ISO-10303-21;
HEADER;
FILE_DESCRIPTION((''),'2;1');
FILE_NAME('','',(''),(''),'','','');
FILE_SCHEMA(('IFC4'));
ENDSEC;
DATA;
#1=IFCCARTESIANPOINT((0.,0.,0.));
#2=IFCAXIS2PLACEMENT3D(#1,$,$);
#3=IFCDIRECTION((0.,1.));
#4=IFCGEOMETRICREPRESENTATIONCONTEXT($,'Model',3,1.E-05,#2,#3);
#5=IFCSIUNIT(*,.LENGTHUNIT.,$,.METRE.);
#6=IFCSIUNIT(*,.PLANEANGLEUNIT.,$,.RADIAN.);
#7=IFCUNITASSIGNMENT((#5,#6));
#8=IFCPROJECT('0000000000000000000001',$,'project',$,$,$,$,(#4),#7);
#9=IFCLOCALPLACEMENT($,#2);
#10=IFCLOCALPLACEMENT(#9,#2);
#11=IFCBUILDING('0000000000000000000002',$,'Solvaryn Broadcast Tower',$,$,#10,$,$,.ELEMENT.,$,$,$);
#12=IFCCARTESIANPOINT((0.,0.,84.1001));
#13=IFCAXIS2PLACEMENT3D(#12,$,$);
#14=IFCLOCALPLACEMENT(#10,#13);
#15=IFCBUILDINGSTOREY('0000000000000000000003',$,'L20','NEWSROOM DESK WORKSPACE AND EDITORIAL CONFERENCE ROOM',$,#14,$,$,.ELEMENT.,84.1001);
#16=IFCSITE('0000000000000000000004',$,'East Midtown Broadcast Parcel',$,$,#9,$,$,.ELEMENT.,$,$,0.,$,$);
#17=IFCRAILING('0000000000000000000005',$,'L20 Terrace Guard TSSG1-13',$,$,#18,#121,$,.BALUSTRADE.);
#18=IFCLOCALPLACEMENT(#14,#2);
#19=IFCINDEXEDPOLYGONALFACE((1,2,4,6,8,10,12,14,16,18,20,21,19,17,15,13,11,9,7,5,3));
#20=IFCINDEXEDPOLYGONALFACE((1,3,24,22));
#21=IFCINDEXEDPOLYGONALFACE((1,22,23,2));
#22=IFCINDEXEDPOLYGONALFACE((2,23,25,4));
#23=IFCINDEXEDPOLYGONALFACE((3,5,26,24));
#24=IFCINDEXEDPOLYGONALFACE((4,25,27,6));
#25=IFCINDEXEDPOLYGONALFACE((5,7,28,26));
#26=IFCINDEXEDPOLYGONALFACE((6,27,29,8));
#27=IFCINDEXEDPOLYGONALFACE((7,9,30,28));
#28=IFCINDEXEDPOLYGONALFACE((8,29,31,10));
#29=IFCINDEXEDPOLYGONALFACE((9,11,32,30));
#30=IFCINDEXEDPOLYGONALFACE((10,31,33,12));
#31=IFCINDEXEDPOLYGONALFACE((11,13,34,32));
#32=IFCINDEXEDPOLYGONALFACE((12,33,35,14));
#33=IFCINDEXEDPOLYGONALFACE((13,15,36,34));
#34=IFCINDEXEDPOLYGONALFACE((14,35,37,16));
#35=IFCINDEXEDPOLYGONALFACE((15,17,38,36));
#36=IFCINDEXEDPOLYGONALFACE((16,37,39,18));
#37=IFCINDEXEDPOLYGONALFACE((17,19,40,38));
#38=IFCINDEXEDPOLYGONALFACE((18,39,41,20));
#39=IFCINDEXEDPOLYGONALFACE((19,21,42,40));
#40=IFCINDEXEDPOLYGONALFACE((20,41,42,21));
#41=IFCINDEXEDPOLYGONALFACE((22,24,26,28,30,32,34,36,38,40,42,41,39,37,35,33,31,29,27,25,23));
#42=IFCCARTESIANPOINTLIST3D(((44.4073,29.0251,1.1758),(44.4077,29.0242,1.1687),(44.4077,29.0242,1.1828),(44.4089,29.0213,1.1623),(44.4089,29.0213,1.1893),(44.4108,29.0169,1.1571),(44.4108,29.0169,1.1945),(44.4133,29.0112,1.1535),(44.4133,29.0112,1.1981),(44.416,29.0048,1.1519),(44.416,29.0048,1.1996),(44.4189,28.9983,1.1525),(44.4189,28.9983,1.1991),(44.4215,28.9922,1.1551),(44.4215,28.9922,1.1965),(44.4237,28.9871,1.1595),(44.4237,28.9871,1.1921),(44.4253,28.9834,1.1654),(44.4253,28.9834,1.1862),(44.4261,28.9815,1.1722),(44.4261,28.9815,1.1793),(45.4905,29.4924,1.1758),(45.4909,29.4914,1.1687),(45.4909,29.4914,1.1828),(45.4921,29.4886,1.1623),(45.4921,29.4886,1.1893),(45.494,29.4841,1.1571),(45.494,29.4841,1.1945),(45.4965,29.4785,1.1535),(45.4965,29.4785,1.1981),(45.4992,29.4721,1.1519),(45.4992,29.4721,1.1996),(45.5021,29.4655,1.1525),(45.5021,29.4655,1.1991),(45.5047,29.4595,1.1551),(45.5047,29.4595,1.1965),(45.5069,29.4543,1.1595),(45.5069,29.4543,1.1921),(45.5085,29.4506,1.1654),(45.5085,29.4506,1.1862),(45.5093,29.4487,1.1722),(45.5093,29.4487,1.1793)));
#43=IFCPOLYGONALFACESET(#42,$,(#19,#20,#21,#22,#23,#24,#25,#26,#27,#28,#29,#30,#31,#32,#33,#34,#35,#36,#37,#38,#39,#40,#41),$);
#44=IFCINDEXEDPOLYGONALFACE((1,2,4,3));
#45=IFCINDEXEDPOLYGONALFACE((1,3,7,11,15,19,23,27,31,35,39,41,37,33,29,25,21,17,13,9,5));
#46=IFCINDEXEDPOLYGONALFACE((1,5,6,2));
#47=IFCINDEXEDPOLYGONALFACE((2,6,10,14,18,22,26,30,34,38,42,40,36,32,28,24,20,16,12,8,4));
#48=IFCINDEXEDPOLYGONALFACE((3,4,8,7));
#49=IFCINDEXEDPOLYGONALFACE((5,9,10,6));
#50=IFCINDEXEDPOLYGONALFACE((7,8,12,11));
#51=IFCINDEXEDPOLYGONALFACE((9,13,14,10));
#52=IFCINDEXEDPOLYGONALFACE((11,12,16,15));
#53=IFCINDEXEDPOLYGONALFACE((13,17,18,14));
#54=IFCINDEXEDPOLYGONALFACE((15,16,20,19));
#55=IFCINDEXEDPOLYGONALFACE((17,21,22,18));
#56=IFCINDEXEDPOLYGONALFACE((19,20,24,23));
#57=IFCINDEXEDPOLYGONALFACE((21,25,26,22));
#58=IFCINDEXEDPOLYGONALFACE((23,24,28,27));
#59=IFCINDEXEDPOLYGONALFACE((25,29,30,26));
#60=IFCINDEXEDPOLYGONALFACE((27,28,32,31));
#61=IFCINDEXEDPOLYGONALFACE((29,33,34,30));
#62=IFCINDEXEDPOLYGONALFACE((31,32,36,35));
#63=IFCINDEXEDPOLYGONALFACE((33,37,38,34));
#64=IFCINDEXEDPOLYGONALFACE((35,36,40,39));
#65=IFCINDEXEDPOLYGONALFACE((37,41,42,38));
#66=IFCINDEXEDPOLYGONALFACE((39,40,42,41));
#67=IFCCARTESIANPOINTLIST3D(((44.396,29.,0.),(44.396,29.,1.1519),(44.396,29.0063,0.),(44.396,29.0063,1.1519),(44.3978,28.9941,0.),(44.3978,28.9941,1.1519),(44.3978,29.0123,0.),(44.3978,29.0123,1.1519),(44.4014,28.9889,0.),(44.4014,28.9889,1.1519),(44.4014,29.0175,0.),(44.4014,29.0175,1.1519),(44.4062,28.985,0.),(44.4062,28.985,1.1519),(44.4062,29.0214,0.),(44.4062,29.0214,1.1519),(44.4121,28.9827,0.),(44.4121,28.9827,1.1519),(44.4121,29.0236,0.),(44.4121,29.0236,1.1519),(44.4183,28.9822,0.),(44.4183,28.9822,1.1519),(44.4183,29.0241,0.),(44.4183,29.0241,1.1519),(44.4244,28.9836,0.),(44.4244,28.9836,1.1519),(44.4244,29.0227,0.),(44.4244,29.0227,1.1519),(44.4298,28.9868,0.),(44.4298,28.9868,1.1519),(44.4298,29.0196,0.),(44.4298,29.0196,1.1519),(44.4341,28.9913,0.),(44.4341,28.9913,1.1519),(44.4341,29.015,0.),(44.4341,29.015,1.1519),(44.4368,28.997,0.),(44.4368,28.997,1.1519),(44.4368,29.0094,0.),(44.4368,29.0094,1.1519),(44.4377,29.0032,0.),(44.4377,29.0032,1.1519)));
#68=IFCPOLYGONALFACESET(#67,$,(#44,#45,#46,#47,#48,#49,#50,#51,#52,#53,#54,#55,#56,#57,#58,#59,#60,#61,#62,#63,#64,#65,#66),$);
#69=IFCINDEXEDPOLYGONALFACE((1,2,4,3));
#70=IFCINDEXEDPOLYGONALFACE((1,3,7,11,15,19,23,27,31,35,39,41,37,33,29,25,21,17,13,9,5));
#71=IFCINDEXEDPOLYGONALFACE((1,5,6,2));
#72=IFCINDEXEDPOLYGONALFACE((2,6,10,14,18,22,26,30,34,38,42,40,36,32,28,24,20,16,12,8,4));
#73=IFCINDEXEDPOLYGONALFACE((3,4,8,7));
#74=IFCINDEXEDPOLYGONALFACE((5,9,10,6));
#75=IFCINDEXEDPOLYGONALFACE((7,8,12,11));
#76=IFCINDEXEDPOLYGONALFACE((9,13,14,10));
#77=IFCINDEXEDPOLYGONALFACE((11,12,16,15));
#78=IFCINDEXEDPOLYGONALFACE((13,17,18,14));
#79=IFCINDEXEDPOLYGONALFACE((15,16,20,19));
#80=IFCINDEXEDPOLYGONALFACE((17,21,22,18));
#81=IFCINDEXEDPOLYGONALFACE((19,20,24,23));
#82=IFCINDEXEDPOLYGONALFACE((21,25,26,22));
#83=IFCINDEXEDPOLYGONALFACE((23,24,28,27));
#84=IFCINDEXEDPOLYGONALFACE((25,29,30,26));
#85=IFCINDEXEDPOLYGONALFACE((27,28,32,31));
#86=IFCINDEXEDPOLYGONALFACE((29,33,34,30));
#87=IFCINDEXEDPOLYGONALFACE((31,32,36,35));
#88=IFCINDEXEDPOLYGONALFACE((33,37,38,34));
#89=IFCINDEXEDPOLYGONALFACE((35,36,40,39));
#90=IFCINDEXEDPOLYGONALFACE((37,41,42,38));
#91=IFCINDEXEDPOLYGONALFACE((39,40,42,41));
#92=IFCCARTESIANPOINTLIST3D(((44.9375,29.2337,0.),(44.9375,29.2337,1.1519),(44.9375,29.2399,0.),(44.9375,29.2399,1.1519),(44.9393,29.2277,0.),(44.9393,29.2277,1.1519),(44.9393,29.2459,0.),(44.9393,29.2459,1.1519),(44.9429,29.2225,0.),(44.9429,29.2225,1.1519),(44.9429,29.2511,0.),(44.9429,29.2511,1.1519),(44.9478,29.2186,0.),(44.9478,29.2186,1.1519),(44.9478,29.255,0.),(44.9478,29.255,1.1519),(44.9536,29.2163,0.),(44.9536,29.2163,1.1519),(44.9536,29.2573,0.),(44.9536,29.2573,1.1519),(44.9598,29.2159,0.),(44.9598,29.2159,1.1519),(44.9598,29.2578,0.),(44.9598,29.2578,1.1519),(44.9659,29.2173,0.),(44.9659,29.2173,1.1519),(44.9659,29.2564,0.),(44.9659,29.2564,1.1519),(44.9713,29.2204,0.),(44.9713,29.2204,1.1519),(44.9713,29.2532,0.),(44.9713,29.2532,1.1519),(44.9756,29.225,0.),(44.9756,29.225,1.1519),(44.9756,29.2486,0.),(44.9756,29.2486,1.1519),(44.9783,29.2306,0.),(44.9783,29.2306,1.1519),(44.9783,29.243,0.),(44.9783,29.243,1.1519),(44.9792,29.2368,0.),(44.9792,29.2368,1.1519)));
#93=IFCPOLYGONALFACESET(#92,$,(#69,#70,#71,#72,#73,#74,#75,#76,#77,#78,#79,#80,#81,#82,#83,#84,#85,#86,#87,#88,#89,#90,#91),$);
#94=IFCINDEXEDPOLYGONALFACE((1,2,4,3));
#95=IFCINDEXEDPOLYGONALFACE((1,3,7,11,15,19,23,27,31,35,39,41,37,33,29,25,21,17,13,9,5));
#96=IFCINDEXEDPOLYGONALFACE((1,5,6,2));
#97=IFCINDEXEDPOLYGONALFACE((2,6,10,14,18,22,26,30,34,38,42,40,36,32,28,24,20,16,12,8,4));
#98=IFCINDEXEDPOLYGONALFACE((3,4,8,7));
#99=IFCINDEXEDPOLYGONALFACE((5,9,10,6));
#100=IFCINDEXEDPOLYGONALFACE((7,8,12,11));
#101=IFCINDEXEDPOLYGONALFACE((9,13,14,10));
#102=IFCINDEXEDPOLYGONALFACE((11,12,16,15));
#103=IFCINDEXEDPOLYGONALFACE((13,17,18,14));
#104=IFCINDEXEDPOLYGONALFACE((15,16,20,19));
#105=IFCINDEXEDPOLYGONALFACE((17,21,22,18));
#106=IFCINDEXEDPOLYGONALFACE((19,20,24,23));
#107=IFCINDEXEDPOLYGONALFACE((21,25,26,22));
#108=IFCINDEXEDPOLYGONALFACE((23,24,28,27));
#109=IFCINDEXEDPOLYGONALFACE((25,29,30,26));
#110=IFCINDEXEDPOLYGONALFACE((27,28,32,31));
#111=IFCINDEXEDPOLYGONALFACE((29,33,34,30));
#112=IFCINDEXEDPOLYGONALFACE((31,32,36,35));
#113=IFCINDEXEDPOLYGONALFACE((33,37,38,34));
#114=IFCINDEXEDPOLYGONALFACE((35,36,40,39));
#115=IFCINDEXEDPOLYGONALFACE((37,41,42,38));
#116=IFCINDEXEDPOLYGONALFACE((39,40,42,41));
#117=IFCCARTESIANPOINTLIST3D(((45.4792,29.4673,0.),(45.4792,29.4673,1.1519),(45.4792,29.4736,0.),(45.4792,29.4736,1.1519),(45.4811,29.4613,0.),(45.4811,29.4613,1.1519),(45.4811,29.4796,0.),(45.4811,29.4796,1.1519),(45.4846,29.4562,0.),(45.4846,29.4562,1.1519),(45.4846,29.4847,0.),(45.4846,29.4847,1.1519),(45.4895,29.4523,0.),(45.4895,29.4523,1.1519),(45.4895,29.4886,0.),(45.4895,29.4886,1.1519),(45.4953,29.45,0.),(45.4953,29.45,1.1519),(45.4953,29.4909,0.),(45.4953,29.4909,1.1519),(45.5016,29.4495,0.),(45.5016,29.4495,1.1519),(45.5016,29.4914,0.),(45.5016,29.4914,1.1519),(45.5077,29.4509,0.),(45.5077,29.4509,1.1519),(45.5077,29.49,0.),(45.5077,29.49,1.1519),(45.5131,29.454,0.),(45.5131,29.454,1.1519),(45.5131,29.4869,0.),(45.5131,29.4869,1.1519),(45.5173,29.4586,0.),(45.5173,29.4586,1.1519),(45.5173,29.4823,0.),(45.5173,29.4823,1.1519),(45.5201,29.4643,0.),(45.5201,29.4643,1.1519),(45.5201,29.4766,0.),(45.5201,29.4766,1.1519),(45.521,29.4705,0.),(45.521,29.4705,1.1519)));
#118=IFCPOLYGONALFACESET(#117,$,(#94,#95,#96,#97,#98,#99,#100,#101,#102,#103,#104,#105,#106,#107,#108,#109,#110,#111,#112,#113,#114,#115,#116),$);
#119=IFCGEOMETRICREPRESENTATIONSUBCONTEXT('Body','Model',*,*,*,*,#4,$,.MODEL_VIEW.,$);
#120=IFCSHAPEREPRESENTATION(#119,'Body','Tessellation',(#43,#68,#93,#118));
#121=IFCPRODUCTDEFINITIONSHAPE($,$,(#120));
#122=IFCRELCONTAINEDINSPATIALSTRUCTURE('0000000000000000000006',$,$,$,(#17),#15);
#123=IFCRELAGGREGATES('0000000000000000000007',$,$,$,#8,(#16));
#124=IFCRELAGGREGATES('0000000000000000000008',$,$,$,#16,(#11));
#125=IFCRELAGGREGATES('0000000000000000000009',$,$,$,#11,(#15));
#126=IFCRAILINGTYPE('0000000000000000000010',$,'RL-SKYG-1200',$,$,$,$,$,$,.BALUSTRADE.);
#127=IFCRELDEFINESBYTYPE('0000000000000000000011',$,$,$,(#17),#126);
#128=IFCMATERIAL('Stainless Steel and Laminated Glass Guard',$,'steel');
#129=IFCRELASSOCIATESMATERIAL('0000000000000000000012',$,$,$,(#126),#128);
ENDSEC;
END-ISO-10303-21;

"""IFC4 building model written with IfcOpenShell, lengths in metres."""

from ifc_helpers import new_model, si_unit, direction, frame, origin, origin_2d, place, context, subcontext, project, spatial, circle, extrude, material, type_object, element, save


model = new_model("IFC4")

# Units and contexts
model_context = context("Model", 3, precision=1e-05, world=origin(), true_north=direction((0.0, 1.0)))
body_context = subcontext(model_context, "Body", "Model", "MODEL_VIEW")
ifc_project = project(units=[si_unit("LENGTHUNIT", "METRE"), si_unit("PLANEANGLEUNIT", "RADIAN")], contexts=[model_context])

# Site, building, storey
site_placement = place(None, origin())
site = spatial("IfcSite", under=ifc_project, at=site_placement, Name="East Midtown Broadcast Parcel", CompositionType="ELEMENT", RefElevation=0.0)
building_placement = place(site_placement, origin())
building = spatial("IfcBuilding", under=site, at=building_placement, Name="Solvaryn Broadcast Tower", CompositionType="ELEMENT")
storey_placement = place(building_placement, frame((0.0, 0.0, 84.1001)))
storey = spatial("IfcBuildingStorey", under=building, at=storey_placement, Name="L20", Description="NEWSROOM DESK WORKSPACE AND EDITORIAL CONFERENCE ROOM", CompositionType="ELEMENT", Elevation=84.1001)

# Railing
ifc_material_1 = material(Name="Stainless Steel and Laminated Glass Guard", Category="steel")
railing_type = type_object("IfcRailingType", Name="RL-SKYG-1200", PredefinedType="BALUSTRADE", material=ifc_material_1)
railing_1_placement = place(storey_placement, frame((44.4167, 29.0032, 0.0)))
element("IfcRailing", 1, at=railing_1_placement, inside=storey, type_object=railing_type, Name="L20 Terrace Guard TSSG1-13", PredefinedType="BALUSTRADE", context=body_context, shape_type="SweptSolid", body=[
    extrude(circle(Radius=0.0239, at=origin_2d()), frame((0.0, 0.0, 1.1758), z_axis=(0.918211, 0.396091, 0.0), x_axis=(-0.396091, 0.918211, 0.0)), (0.0, 0.0, 1.0), 1.1797),
    extrude(circle(Radius=0.021, at=origin_2d()), origin(), (0.0, 0.0, 1.0), 1.1519),
    extrude(circle(Radius=0.021, at=origin_2d()), frame((0.5415, 0.2336, 0.0)), (0.0, 0.0, 1.0), 1.1519),
    extrude(circle(Radius=0.021, at=origin_2d()), frame((1.0833, 0.4673, 0.0)), (0.0, 0.0, 1.0), 1.1519),
])

save(model, "model.ifc")
